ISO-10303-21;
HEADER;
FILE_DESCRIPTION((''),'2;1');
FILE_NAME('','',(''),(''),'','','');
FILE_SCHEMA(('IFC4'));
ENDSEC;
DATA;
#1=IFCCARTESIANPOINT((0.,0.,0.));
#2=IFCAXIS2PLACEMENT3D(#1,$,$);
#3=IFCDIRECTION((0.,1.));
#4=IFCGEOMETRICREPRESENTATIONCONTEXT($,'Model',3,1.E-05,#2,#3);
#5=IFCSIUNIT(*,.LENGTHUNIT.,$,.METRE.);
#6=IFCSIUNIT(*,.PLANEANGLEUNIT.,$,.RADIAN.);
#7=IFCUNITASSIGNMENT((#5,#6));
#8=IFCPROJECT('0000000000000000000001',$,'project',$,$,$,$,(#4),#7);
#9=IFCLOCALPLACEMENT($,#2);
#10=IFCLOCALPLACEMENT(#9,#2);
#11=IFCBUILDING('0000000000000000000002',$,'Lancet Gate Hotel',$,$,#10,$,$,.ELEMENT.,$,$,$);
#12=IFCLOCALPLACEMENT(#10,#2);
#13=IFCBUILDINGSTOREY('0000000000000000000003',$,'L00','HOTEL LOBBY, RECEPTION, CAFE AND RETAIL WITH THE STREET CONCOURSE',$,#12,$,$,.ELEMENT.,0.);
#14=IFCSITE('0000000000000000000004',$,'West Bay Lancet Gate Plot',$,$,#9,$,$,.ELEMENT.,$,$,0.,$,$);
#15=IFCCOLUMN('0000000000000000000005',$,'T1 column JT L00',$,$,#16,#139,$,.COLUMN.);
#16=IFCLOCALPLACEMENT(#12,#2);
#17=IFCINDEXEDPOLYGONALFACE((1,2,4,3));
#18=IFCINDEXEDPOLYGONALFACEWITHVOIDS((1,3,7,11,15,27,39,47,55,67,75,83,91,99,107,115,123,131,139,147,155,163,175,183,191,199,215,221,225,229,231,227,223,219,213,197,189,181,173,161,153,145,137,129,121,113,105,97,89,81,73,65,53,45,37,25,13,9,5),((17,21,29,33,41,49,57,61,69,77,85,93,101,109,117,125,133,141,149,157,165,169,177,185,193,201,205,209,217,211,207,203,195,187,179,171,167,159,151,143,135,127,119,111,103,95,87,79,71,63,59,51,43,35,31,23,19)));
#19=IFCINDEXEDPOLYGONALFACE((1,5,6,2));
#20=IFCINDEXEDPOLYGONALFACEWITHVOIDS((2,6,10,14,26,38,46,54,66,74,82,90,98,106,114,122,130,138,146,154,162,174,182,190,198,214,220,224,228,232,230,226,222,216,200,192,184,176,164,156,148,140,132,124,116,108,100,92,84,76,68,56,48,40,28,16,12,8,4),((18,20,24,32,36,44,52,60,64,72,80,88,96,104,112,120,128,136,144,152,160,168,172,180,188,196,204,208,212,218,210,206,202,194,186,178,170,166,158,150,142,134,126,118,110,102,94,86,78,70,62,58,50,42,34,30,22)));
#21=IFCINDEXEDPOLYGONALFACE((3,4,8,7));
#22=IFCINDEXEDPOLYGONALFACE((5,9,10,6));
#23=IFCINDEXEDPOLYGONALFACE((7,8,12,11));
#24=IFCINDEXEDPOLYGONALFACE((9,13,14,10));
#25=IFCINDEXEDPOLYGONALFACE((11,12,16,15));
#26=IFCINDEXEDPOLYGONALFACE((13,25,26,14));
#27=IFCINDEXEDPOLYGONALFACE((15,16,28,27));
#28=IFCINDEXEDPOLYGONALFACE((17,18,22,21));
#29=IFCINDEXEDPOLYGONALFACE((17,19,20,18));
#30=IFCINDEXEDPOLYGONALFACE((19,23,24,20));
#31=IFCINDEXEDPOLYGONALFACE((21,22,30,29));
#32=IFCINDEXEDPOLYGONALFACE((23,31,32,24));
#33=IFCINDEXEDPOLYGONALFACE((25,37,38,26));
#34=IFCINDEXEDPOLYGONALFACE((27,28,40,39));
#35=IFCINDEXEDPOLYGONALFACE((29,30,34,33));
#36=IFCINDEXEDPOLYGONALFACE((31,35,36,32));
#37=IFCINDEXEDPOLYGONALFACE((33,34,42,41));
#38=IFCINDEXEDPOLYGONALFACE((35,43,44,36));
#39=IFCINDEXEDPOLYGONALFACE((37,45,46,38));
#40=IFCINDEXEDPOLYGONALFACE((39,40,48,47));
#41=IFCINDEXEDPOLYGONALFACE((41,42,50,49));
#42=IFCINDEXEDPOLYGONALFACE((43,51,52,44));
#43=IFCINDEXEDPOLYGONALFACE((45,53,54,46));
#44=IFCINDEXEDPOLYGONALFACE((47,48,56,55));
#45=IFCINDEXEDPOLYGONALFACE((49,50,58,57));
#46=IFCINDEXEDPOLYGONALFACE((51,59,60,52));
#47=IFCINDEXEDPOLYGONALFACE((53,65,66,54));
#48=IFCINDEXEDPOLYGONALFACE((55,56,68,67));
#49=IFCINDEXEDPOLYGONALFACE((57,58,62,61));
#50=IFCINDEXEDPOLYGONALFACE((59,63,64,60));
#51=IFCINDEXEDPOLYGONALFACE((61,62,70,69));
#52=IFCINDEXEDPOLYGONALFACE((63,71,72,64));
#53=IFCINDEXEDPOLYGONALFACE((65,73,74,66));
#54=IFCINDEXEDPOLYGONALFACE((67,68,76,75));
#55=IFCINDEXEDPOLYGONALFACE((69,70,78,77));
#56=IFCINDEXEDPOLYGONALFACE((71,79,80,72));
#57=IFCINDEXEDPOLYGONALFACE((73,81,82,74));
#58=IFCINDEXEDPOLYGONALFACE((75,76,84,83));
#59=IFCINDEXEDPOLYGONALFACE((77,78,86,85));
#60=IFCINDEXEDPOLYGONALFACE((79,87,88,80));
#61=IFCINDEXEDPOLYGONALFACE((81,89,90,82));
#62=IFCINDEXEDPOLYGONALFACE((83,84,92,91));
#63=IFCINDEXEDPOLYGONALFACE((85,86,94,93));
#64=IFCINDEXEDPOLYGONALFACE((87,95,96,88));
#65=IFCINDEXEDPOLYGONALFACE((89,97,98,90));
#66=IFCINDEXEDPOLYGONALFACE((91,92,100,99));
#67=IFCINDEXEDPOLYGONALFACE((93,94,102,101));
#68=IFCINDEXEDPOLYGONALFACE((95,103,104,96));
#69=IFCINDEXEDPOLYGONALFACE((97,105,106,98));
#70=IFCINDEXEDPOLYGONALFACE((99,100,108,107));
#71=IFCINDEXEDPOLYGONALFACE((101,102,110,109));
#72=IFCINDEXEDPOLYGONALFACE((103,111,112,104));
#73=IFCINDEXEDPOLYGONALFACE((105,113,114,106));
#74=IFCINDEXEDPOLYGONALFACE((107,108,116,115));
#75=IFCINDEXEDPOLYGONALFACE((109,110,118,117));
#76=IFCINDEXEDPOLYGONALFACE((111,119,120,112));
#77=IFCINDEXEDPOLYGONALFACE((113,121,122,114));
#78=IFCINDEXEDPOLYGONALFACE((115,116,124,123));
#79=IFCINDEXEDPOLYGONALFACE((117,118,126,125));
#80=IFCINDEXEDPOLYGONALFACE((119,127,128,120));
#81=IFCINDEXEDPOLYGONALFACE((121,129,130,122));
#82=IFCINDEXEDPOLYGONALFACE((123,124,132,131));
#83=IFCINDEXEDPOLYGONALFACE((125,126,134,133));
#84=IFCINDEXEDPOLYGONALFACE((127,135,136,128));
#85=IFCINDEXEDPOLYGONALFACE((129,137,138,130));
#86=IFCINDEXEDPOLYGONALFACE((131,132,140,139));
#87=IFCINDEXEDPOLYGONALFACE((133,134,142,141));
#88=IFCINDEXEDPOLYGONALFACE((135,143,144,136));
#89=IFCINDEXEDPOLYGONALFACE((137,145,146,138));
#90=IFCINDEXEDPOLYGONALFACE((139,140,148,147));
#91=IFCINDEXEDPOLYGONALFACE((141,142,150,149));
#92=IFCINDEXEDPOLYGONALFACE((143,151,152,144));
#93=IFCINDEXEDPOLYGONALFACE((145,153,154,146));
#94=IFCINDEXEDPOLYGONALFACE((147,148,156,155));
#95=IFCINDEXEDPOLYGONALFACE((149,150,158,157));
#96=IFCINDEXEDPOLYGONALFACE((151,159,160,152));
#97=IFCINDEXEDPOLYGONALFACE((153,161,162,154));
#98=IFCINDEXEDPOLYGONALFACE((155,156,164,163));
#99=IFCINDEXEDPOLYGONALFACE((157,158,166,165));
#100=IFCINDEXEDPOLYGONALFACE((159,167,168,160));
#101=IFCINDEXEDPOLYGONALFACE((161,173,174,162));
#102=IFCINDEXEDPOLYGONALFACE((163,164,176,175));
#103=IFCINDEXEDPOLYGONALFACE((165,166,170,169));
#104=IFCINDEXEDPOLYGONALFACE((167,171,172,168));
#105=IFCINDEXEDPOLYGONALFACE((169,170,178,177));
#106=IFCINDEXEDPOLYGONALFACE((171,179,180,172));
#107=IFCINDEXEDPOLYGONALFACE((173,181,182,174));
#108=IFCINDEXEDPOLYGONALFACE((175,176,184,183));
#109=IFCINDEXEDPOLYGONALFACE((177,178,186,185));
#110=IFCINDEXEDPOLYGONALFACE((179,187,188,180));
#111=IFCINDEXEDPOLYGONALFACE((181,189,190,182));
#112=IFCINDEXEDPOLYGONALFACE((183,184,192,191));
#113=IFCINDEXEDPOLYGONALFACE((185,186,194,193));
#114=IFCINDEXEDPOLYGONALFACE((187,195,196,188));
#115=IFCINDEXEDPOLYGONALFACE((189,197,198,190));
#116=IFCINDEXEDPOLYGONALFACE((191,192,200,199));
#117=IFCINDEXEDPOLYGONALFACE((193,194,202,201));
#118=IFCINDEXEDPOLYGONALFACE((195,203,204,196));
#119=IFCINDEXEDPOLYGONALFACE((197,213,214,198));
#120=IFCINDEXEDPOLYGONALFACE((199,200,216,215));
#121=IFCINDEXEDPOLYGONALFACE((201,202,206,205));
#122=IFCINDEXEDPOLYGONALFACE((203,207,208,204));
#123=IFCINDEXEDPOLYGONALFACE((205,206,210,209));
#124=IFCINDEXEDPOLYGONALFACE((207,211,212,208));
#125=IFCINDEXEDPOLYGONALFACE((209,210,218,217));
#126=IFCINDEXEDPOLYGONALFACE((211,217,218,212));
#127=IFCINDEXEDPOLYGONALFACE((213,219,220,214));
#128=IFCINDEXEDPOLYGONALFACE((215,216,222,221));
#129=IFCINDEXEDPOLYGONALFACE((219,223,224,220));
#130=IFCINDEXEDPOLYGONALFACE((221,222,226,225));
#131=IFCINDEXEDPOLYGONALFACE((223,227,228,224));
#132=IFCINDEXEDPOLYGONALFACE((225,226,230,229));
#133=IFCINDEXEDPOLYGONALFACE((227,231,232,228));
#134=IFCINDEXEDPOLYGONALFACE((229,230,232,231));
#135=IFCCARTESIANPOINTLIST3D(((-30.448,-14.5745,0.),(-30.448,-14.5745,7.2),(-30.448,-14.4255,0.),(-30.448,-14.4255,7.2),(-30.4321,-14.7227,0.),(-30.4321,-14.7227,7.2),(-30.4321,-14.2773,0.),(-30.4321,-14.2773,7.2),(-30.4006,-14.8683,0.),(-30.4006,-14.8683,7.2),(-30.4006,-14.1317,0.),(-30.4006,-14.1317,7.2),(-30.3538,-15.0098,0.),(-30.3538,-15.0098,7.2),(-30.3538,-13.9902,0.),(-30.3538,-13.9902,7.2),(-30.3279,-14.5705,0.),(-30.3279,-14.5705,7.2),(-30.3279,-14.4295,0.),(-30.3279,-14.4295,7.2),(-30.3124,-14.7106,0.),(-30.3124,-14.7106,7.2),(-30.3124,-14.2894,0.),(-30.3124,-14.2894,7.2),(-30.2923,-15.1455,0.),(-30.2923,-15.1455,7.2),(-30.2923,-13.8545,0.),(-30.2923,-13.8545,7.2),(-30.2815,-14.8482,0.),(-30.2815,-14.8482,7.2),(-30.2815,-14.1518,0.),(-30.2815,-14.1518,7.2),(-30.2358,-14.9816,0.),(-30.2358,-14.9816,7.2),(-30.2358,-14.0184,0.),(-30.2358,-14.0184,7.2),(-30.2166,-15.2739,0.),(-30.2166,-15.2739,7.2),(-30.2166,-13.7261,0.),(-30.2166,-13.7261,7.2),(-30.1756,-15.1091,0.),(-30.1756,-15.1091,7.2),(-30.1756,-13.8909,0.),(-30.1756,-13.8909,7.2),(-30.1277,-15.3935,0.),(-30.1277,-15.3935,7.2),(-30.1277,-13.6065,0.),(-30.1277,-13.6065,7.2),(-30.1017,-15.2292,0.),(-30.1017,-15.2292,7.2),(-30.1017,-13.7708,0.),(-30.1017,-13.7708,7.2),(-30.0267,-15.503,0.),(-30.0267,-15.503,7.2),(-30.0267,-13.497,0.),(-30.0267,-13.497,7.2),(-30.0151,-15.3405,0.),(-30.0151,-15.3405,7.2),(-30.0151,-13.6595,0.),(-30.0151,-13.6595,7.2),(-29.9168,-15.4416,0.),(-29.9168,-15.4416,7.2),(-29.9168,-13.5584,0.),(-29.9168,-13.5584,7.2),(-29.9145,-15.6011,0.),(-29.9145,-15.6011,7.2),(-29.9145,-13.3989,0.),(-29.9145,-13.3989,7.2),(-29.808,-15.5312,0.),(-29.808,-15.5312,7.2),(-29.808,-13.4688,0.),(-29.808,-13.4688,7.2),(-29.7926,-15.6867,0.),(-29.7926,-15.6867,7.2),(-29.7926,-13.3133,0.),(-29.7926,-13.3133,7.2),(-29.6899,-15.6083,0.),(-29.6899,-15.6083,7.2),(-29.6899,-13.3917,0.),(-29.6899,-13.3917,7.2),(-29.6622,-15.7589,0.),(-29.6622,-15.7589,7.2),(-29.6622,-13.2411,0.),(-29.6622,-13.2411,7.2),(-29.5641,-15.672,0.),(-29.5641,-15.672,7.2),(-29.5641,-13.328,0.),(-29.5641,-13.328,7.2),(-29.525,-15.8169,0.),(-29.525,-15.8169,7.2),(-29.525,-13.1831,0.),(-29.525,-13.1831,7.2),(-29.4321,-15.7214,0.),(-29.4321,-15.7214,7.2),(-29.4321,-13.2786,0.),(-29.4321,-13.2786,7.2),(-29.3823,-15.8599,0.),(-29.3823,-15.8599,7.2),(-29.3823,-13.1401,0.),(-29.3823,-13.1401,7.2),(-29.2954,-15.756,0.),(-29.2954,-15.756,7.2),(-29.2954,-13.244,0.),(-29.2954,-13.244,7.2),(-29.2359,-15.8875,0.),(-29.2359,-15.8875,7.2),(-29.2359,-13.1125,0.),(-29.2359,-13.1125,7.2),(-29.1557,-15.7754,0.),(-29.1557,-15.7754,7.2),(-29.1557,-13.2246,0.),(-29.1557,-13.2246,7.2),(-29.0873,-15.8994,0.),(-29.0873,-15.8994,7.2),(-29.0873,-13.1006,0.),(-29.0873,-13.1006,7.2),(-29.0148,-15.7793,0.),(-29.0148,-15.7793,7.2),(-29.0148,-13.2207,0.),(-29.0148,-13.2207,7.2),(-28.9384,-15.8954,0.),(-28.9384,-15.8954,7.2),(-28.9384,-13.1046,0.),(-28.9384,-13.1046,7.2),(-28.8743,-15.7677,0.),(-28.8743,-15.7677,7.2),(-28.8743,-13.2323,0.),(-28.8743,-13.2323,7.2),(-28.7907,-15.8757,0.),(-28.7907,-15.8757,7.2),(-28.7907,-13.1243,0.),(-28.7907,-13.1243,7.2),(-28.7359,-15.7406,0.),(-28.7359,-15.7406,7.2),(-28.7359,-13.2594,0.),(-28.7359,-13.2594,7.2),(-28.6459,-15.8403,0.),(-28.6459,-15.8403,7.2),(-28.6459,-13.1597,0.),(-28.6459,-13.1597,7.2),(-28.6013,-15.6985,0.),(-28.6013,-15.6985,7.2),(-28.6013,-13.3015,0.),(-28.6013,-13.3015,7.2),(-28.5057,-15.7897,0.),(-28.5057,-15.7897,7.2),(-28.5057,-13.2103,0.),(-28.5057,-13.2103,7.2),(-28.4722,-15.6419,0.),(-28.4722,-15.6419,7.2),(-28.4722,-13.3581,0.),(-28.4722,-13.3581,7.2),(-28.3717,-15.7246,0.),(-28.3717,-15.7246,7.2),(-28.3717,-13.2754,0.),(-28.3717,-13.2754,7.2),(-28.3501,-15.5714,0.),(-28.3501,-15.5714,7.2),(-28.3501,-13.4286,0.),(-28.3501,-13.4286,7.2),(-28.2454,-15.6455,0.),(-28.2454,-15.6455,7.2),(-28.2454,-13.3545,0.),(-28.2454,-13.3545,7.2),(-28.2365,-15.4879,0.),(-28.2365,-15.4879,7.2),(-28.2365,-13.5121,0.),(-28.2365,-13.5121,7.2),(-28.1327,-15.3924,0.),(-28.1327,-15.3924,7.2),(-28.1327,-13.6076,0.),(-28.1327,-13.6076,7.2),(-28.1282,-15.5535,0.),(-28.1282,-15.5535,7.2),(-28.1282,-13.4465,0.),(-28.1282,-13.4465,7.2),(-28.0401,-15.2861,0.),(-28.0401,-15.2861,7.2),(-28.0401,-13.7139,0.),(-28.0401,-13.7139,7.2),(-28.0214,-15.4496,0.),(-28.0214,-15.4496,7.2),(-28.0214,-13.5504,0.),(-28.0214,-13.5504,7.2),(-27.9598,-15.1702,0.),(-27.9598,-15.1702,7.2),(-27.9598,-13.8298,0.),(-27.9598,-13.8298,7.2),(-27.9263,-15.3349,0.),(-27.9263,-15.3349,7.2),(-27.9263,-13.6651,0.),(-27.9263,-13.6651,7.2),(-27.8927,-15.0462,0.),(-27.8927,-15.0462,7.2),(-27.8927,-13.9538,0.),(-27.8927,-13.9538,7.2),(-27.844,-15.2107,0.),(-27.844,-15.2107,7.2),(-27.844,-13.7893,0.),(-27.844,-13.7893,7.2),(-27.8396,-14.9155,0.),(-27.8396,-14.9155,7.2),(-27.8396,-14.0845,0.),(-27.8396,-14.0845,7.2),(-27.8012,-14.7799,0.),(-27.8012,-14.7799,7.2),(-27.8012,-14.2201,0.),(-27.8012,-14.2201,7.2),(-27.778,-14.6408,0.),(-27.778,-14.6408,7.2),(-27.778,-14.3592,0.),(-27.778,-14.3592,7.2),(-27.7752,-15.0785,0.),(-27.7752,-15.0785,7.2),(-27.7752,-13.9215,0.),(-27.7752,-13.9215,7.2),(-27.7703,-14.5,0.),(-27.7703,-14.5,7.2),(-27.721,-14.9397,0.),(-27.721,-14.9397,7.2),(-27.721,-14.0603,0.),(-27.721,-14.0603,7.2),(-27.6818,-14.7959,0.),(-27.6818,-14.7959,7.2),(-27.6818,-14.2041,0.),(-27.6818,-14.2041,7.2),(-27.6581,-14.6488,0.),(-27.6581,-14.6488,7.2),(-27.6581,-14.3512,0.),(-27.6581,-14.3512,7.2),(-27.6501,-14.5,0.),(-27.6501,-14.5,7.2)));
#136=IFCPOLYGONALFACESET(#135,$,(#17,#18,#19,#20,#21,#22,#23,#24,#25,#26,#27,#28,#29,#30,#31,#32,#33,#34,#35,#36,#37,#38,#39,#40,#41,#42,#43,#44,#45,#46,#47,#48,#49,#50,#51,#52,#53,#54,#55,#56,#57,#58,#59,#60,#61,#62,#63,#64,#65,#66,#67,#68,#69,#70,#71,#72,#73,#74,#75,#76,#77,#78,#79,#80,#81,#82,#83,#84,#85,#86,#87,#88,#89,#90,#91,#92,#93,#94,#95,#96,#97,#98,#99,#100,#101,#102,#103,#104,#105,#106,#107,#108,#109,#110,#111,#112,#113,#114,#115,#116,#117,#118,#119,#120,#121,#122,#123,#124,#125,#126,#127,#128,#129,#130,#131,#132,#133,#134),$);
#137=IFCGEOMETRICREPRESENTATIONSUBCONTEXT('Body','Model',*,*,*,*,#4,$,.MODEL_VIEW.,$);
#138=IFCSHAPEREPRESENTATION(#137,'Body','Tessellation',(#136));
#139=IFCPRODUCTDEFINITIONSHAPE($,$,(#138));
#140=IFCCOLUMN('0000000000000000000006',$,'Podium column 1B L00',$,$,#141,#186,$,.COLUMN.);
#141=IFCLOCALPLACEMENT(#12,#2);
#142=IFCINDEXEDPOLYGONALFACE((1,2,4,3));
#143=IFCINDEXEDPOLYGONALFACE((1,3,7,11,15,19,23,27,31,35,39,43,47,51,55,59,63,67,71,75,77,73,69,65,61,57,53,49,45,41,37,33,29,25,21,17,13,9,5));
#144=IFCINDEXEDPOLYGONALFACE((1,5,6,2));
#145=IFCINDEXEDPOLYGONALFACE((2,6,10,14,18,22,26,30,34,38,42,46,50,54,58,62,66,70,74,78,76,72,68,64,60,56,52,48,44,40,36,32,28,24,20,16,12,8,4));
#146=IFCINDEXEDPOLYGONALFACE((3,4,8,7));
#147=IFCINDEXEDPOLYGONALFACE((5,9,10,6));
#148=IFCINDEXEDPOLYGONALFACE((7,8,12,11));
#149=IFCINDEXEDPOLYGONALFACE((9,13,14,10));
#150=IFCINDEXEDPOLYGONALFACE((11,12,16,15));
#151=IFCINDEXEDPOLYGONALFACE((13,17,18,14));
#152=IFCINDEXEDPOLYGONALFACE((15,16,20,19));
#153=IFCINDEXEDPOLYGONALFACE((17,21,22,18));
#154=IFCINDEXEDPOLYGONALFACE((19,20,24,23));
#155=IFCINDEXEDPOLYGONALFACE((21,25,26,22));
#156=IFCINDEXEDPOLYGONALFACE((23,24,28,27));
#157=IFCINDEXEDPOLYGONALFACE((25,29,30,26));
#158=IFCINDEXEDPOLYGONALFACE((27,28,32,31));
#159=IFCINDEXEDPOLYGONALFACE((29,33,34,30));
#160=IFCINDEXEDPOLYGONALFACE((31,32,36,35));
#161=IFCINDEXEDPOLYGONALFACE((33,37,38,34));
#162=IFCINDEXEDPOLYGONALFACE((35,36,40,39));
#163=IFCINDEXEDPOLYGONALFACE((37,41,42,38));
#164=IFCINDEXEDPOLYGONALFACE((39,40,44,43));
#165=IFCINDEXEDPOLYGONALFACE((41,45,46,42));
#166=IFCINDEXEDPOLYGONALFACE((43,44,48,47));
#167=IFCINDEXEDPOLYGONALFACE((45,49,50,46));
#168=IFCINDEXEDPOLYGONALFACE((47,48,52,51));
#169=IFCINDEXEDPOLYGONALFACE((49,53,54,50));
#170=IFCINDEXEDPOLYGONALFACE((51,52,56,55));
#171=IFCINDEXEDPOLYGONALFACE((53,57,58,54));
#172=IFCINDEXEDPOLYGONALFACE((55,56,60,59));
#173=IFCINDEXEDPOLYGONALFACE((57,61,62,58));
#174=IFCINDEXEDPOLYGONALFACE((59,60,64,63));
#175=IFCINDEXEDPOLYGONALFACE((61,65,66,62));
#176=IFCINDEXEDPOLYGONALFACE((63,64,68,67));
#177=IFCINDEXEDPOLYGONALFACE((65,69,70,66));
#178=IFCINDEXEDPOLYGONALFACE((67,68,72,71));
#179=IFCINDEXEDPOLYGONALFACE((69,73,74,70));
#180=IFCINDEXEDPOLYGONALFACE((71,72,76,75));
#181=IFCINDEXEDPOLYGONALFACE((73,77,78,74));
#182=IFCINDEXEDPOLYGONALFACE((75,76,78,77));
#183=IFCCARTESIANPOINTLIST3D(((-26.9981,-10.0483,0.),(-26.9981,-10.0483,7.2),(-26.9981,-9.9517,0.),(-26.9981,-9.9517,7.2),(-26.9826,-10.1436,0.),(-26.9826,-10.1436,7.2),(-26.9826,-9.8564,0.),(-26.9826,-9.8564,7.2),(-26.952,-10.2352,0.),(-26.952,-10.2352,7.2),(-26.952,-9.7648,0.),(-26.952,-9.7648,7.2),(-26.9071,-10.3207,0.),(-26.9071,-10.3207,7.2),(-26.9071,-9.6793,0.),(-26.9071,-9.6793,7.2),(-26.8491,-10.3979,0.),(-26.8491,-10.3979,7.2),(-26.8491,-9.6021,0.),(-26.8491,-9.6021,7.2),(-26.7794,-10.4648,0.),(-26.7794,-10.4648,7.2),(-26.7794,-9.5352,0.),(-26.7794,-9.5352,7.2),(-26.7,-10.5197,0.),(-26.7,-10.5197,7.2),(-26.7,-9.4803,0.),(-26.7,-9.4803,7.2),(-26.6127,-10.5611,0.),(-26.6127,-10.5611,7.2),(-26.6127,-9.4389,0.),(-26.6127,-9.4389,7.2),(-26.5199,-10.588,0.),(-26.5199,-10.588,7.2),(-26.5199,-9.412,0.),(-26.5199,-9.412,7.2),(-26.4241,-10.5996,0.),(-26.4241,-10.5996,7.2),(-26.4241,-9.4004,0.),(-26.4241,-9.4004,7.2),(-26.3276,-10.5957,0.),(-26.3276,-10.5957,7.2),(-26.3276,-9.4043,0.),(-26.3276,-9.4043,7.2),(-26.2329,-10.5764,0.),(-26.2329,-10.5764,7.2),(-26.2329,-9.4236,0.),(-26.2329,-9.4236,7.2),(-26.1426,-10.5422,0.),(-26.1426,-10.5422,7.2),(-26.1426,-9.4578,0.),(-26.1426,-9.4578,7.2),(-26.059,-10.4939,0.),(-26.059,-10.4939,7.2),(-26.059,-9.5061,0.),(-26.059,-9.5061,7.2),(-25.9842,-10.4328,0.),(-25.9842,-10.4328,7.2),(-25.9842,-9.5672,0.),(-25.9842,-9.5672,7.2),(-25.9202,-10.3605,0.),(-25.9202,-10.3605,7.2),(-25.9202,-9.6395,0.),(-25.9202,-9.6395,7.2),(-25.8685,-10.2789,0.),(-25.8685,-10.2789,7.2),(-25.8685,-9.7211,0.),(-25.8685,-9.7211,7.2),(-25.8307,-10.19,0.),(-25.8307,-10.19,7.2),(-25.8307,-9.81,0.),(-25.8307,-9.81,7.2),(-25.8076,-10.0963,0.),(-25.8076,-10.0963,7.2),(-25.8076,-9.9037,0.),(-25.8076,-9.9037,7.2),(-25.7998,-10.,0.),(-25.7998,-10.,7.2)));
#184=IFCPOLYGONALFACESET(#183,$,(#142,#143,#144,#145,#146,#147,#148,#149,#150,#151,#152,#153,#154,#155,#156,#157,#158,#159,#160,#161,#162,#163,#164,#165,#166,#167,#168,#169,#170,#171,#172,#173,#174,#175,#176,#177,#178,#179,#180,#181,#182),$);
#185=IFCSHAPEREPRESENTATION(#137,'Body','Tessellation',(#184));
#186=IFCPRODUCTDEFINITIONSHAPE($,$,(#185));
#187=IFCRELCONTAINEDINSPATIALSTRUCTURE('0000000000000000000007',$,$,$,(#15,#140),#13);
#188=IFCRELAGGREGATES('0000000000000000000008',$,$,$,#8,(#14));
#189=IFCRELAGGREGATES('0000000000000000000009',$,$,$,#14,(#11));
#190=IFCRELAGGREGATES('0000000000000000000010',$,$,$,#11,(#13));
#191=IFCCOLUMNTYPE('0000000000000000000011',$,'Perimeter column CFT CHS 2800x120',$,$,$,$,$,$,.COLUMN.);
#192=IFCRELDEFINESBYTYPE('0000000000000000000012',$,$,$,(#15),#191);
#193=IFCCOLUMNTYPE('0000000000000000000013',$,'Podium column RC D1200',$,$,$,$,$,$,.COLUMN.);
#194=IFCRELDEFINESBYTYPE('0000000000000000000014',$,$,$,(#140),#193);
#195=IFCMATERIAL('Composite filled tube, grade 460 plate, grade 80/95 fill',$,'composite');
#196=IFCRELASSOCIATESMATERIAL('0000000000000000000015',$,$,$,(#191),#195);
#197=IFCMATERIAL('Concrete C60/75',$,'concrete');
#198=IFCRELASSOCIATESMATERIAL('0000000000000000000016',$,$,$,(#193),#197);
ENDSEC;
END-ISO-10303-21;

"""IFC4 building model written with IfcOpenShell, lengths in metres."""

from ifc_helpers import new_model, si_unit, direction, frame, origin, origin_2d, place, context, subcontext, project, spatial, circle, hollow_circle, extrude, material, material_profile, profile_set, type_object, element, save


model = new_model("IFC4")

# Units and contexts
model_context = context("Model", 3, precision=1e-05, world=origin(), true_north=direction((0.0, 1.0)))
body_context = subcontext(model_context, "Body", "Model", "MODEL_VIEW")
ifc_project = project(units=[si_unit("LENGTHUNIT", "METRE"), si_unit("PLANEANGLEUNIT", "RADIAN")], contexts=[model_context])

# Site, building, storey
site_placement = place(None, origin())
site = spatial("IfcSite", under=ifc_project, at=site_placement, Name="West Bay Lancet Gate Plot", CompositionType="ELEMENT", RefElevation=0.0)
building_placement = place(site_placement, origin())
building = spatial("IfcBuilding", under=site, at=building_placement, Name="Lancet Gate Hotel", CompositionType="ELEMENT")
storey_placement = place(building_placement, origin())
storey = spatial("IfcBuildingStorey", under=building, at=storey_placement, Name="L00", Description="HOTEL LOBBY, RECEPTION, CAFE AND RETAIL WITH THE STREET CONCOURSE", CompositionType="ELEMENT", Elevation=0.0)

# Columns
ifc_material_1 = material(Name="Composite filled tube, grade 460 plate, grade 80/95 fill", Category="composite")
ifc_material_profile_1 = material_profile(ifc_material_1, hollow_circle(Radius=1.3999, WallThickness=0.1201, at=origin_2d()), Name="CHS 2800x120")
ifc_profile_set_1 = profile_set([ifc_material_profile_1], Name="Composite filled tube, grade 460 plate, grade 80/95 fill")
column_type_1 = type_object("IfcColumnType", Name="Perimeter column CFT CHS 2800x120", PredefinedType="COLUMN", material=ifc_profile_set_1)
for number, where, z_axis, x_axis, name in (
    (1, (-29.05, -14.5, 0.0), (0.0, 0.0, 1.0), (1.0, 0.0, 0.0), "T1 column JT L00"),
):
    element("IfcColumn", number, at=place(storey_placement, frame(where, z_axis=z_axis, x_axis=x_axis)), inside=storey, type_object=column_type_1, Name=name, PredefinedType="COLUMN", context=body_context, shape_type="SweptSolid", body=[
        extrude(hollow_circle(Radius=1.3999, WallThickness=0.1201, at=origin_2d()), origin(), (0.0, 0.0, 1.0), 7.2),
    ])
ifc_material_2 = material(Name="Concrete C60/75", Category="concrete")
ifc_material_profile_2 = material_profile(ifc_material_2, circle(Radius=0.6001, at=origin_2d()), Name="RC D1200")
ifc_profile_set_2 = profile_set([ifc_material_profile_2], Name="Concrete C60/75")
column_type_2 = type_object("IfcColumnType", Name="Podium column RC D1200", PredefinedType="COLUMN", material=ifc_profile_set_2)
for number, where, z_axis, x_axis, name in (
    (2, (-26.3999, -10.0, 0.0), (0.0, 0.0, 1.0), (1.0, 0.0, 0.0), "Podium column 1B L00"),
):
    element("IfcColumn", number, at=place(storey_placement, frame(where, z_axis=z_axis, x_axis=x_axis)), inside=storey, type_object=column_type_2, Name=name, PredefinedType="COLUMN", context=body_context, shape_type="SweptSolid", body=[
        extrude(circle(Radius=0.6001, at=origin_2d()), origin(), (0.0, 0.0, 1.0), 7.2),
    ])

save(model, "model.ifc")
